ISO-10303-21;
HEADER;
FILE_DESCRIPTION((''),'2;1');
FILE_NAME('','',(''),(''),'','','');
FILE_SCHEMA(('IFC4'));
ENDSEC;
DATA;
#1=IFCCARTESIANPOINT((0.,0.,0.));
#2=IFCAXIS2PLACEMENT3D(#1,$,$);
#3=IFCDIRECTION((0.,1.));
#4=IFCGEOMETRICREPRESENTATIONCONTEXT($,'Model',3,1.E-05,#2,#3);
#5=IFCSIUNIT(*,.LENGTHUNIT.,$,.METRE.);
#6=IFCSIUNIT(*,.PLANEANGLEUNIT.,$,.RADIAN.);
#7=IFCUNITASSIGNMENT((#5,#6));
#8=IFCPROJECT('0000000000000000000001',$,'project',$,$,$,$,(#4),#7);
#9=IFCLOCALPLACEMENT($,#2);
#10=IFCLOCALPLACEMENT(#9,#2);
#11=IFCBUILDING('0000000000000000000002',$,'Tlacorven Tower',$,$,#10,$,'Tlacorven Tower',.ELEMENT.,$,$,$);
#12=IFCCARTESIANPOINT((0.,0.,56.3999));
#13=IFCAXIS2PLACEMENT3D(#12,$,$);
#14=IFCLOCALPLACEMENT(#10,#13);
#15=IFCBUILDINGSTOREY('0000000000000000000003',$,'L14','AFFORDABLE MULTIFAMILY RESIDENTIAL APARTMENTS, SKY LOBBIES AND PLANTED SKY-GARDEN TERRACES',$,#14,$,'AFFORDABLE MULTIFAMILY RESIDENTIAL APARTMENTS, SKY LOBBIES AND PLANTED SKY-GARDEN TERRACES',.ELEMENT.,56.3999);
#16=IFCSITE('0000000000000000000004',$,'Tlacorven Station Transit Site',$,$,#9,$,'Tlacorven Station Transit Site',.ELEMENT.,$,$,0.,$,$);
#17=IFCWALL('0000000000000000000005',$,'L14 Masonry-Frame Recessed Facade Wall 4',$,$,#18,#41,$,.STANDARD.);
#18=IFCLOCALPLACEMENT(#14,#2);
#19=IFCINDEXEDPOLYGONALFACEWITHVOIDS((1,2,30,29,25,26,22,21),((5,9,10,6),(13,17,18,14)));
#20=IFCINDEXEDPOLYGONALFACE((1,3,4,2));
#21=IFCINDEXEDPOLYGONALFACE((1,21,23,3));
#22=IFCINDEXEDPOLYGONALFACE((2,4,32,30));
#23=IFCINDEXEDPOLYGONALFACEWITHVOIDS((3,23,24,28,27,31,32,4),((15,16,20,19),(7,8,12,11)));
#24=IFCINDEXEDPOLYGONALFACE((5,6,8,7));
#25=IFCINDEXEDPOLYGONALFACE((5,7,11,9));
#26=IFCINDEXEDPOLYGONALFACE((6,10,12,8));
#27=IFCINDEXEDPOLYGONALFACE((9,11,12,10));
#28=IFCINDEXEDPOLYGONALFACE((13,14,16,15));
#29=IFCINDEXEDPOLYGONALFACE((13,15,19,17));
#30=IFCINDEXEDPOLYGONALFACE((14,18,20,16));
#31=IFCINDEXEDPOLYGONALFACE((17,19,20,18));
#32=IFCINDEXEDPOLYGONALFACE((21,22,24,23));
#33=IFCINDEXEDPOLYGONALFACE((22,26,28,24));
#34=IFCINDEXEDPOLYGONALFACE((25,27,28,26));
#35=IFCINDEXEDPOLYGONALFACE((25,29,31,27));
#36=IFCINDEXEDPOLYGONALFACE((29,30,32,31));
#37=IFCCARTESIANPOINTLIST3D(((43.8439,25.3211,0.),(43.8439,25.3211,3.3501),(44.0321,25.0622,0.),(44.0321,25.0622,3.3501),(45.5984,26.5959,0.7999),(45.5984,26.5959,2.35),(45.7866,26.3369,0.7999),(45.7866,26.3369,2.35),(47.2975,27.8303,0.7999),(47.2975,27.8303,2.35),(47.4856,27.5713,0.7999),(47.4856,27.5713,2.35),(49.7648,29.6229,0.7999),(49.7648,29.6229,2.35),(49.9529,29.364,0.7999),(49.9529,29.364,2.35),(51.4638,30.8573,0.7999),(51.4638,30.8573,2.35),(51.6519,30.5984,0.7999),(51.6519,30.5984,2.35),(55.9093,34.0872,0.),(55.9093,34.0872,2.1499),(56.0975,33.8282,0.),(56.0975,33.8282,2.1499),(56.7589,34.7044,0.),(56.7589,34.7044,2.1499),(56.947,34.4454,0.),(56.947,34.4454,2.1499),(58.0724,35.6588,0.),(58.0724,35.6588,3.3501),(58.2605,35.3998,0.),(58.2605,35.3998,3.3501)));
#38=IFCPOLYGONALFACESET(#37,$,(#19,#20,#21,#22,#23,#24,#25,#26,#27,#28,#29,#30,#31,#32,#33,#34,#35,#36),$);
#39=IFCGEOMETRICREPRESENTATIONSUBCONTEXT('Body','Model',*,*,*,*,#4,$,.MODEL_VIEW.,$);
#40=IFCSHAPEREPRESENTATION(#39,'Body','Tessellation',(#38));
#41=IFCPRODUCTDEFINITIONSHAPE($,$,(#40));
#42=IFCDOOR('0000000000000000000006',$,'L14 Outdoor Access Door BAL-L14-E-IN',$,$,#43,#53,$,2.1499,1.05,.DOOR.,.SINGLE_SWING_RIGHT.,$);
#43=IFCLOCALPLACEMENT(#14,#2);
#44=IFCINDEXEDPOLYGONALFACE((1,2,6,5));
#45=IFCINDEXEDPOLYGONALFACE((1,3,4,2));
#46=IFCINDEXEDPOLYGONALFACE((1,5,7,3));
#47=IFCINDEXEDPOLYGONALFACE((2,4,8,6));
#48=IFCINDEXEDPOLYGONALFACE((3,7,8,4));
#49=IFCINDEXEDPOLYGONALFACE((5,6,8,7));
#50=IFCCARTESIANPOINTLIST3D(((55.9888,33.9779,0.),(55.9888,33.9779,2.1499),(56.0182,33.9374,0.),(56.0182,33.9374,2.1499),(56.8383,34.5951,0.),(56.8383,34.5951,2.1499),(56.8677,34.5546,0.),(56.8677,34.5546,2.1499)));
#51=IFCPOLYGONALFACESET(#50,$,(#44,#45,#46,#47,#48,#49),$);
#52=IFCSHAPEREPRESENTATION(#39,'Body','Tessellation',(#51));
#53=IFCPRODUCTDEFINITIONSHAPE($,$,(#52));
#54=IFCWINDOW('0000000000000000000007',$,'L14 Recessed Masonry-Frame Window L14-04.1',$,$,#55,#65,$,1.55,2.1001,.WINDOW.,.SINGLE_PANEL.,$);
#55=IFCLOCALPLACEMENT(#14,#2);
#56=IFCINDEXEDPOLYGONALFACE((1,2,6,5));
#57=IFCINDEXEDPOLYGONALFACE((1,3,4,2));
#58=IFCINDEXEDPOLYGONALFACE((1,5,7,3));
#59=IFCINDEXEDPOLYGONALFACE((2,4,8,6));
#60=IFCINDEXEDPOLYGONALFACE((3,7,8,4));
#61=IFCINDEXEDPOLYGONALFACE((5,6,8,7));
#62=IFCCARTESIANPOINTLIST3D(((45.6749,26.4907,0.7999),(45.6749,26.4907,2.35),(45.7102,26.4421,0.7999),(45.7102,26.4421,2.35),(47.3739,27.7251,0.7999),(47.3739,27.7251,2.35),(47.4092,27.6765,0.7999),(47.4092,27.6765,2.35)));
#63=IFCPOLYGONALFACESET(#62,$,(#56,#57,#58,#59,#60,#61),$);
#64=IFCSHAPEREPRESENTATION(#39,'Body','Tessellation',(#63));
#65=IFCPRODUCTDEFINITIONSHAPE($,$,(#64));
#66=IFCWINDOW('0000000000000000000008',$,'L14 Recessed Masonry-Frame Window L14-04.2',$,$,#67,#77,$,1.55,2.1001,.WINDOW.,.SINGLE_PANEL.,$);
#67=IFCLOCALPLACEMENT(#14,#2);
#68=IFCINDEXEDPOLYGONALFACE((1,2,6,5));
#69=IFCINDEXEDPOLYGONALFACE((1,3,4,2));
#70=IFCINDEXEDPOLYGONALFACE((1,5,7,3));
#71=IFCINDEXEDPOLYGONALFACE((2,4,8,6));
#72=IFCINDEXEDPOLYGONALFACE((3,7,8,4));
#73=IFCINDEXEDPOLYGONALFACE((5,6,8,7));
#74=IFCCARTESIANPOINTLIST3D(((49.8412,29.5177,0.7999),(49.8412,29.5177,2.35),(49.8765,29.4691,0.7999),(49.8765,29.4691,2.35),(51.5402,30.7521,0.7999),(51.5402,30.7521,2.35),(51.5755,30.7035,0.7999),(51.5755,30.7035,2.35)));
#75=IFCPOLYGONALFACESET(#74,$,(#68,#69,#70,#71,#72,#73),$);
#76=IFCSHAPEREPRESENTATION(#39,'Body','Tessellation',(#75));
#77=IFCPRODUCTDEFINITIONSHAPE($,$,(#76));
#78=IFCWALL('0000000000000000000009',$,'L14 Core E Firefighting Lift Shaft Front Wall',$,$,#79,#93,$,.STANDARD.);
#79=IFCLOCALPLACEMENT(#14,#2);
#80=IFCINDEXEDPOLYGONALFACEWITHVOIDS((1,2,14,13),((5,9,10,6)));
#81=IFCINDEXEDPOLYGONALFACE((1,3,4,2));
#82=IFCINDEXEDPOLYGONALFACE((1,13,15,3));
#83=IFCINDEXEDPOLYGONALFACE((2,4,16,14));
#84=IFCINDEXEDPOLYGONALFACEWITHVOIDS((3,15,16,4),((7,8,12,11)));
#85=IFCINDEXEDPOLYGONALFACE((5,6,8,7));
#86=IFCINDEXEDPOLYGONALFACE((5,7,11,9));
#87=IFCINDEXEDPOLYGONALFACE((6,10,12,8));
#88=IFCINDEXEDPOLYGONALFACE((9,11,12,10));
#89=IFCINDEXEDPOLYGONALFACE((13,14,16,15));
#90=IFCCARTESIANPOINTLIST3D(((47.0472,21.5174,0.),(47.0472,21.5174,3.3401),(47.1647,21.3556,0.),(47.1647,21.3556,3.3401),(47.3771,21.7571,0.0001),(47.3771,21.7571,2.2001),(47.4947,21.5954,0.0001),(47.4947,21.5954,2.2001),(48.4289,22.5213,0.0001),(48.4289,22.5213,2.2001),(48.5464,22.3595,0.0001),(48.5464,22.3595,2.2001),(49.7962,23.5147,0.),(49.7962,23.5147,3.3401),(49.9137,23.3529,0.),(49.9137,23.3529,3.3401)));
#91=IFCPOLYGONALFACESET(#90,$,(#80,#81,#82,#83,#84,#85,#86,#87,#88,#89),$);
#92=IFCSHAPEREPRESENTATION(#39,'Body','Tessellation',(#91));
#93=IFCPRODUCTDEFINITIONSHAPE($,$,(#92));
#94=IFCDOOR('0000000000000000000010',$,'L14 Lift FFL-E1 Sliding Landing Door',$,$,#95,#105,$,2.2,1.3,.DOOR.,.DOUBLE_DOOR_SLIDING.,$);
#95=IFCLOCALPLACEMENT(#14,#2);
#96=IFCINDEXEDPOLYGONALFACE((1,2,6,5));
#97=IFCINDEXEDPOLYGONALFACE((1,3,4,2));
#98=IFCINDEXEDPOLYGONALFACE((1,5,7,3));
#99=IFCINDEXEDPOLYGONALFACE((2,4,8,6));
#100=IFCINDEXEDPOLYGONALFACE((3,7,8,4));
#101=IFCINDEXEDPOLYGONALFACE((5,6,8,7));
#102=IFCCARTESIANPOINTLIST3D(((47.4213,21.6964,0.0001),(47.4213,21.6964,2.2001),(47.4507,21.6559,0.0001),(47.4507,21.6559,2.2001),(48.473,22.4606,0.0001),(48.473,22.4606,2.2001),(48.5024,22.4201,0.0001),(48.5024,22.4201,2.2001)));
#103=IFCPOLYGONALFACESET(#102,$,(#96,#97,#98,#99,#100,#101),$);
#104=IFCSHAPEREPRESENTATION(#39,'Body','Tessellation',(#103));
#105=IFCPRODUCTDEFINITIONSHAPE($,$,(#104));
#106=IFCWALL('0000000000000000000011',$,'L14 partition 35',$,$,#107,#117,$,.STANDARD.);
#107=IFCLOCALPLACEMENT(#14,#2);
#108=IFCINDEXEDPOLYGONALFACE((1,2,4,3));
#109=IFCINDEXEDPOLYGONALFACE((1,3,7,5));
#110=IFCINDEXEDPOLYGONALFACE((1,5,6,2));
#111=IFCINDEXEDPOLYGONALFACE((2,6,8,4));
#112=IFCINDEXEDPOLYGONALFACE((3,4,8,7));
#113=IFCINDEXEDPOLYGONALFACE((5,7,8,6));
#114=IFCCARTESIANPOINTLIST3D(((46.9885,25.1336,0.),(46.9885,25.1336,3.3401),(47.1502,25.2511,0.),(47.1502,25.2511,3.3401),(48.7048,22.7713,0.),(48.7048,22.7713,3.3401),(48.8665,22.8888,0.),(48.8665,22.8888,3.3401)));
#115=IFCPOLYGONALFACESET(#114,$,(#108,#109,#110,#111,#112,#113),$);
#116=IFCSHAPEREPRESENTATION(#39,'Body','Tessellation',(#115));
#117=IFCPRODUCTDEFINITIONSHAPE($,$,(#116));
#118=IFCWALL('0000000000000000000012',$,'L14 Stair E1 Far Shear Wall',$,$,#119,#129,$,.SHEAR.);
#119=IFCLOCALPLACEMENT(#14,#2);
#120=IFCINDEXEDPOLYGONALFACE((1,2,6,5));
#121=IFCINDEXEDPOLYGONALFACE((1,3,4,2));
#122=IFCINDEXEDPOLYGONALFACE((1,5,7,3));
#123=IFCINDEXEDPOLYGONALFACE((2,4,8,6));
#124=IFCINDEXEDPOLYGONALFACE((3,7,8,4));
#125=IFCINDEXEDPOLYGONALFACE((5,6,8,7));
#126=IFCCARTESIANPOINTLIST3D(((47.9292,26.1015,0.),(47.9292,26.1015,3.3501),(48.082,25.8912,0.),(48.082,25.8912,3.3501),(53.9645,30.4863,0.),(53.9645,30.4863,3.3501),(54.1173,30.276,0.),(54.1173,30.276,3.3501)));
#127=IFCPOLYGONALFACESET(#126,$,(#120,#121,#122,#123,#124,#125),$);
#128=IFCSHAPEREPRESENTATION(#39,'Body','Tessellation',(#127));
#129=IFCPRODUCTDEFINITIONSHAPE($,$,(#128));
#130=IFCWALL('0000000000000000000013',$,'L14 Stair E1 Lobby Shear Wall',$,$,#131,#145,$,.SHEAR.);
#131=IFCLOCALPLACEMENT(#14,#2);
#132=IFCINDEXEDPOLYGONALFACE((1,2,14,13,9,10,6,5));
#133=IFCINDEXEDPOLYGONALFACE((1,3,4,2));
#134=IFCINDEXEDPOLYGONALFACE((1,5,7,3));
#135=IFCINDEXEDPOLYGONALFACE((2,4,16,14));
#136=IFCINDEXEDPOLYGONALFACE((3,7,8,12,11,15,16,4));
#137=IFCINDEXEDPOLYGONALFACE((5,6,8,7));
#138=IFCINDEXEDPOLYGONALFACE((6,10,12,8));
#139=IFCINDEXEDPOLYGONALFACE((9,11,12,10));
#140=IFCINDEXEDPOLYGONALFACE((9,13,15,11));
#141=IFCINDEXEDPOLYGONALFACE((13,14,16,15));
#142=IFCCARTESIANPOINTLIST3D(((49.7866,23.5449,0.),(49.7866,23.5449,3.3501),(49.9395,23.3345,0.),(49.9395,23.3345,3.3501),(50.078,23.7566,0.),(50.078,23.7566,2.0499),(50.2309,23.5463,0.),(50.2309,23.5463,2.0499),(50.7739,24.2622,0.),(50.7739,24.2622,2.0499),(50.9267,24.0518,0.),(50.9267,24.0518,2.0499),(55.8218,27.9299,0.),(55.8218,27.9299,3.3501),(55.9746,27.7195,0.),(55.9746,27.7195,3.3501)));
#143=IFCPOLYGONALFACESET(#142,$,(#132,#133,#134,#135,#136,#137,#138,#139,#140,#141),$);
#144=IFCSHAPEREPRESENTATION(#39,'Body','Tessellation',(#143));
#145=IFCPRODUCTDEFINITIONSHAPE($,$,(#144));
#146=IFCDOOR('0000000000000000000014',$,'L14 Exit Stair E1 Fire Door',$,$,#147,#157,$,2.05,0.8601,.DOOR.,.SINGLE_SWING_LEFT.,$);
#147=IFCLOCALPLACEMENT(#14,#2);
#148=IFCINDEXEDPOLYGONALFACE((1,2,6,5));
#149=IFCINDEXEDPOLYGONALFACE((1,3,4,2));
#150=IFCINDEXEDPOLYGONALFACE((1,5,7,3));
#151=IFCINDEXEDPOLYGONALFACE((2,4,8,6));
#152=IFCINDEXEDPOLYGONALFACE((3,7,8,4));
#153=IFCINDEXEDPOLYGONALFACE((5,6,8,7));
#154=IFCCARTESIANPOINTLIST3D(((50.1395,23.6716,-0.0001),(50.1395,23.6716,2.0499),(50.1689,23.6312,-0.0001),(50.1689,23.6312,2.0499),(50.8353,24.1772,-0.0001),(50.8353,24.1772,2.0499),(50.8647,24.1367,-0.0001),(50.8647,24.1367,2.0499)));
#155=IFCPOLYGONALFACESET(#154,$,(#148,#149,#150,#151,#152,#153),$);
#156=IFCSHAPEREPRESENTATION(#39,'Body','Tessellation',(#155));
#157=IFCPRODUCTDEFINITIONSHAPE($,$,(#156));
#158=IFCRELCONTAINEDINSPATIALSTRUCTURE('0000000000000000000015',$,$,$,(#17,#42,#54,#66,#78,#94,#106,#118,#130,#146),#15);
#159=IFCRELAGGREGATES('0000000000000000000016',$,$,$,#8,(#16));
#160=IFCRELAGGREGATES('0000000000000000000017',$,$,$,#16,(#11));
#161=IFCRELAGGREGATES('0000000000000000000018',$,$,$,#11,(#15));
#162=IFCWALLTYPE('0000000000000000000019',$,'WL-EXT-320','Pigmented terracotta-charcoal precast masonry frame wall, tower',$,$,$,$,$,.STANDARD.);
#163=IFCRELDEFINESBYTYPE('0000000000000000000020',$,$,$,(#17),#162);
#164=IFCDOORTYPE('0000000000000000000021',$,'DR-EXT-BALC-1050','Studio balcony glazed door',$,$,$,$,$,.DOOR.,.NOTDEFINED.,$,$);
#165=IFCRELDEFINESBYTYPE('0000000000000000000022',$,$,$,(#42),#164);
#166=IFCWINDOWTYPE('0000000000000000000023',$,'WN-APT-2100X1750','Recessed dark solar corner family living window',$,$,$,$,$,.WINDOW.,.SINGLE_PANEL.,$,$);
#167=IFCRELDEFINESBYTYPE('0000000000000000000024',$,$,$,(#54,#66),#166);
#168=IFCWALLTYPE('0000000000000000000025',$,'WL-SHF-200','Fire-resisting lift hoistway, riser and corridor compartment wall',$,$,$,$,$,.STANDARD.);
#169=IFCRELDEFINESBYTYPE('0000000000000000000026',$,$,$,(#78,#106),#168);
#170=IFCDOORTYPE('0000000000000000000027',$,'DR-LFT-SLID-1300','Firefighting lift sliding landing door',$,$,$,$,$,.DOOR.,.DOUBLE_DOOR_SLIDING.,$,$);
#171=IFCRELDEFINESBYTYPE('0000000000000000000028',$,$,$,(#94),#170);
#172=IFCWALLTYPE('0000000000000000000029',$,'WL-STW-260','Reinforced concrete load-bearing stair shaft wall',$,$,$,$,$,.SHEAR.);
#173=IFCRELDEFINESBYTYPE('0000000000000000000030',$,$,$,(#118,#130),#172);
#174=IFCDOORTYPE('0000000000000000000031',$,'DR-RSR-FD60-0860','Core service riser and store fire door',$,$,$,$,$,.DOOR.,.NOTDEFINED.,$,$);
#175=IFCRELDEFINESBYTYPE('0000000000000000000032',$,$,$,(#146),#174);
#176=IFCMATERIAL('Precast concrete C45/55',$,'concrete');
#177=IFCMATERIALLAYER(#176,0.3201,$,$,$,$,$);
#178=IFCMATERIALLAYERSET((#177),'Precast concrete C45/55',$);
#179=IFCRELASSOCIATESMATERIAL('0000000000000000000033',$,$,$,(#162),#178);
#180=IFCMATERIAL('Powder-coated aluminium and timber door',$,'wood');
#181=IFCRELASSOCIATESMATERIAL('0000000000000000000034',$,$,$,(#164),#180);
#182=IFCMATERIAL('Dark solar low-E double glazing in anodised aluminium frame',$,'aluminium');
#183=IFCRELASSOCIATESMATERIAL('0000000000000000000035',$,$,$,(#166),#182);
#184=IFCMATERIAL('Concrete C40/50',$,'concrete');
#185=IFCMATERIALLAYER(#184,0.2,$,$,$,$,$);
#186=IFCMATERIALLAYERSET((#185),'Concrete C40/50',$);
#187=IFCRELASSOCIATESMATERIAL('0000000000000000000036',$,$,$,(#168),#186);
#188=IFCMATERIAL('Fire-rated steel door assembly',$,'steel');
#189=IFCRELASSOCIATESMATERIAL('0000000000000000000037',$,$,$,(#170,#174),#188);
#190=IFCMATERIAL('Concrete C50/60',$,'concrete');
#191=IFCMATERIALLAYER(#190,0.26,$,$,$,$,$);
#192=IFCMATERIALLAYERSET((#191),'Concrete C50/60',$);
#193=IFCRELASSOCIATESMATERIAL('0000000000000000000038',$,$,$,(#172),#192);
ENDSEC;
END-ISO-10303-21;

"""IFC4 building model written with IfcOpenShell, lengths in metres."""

from ifc_helpers import new_model, si_unit, direction, frame, frame_2d, origin, place, context, subcontext, project, spatial, rectangle, extrude, source, transform, mapped, material, layer, layer_set, type_object, element, fill, save


model = new_model("IFC4")

# Units and contexts
model_context = context("Model", 3, precision=1e-05, world=origin(), true_north=direction((0.0, 1.0)))
body_context = subcontext(model_context, "Body", "Model", "MODEL_VIEW")
ifc_project = project(units=[si_unit("LENGTHUNIT", "METRE"), si_unit("PLANEANGLEUNIT", "RADIAN")], contexts=[model_context])

# Site, building, storey
site_placement = place(None, origin())
site = spatial("IfcSite", under=ifc_project, at=site_placement, Name="Tlacorven Station Transit Site", LongName="Tlacorven Station Transit Site", CompositionType="ELEMENT", RefElevation=0.0)
building_placement = place(site_placement, origin())
building = spatial("IfcBuilding", under=site, at=building_placement, Name="Tlacorven Tower", LongName="Tlacorven Tower", CompositionType="ELEMENT")
storey_placement = place(building_placement, frame((0.0, 0.0, 56.3999)))
storey = spatial("IfcBuildingStorey", under=building, at=storey_placement, Name="L14", Description="AFFORDABLE MULTIFAMILY RESIDENTIAL APARTMENTS, SKY LOBBIES AND PLANTED SKY-GARDEN TERRACES", LongName="AFFORDABLE MULTIFAMILY RESIDENTIAL APARTMENTS, SKY LOBBIES AND PLANTED SKY-GARDEN TERRACES", CompositionType="ELEMENT", Elevation=56.3999)

# Wall, openings, door, windows
ifc_material_1 = material(Name="Precast concrete C45/55", Category="concrete")
ifc_layer_1 = layer(ifc_material_1, 0.3201)
ifc_layer_set_1 = layer_set([ifc_layer_1], Name="Precast concrete C45/55")
wall_type_1 = type_object("IfcWallType", Name="WL-EXT-320", Description="Pigmented terracotta-charcoal precast masonry frame wall, tower", PredefinedType="STANDARD", material=ifc_layer_set_1)
wall_1_placement = place(storey_placement, frame((43.938, 25.1917, 0.0), z_axis=(0.0, 0.0, 1.0), x_axis=(0.809016, 0.587786, 0.0)))
wall_1 = element("IfcWall", 1, at=wall_1_placement, inside=storey, type_object=wall_type_1, Name="L14 Masonry-Frame Recessed Facade Wall 4", PredefinedType="STANDARD", context=body_context, shape_type="SweptSolid", body=[
    extrude(rectangle(XDim=17.5874, YDim=0.3201, at=frame_2d((8.7937, 0.0))), origin(), (0.0, 0.0, 1.0), 3.3501),
])
opening_1_placement = place(wall_1_placement, frame((14.9138, 0.0, 0.0)))
opening_1 = element("IfcOpeningElement", 2, at=opening_1_placement, cuts=wall_1, PredefinedType="OPENING", context=body_context, shape_type="SweptSolid", body=[
    extrude(rectangle(XDim=1.05, YDim=2.1499, at=frame_2d((0.5249, 1.075))), frame((0.0, 0.1699, 0.0), z_axis=(0.0, -1.0, 0.0), x_axis=(1.0, 0.0, 0.0)), (0.0, 0.0, 1.0), 0.3401),
])
opening_2_placement = place(wall_1_placement, frame((2.1687, 0.0, 0.8)))
opening_2 = element("IfcOpeningElement", 3, at=opening_2_placement, cuts=wall_1, PredefinedType="OPENING", context=body_context, shape_type="SweptSolid", body=[
    extrude(rectangle(XDim=2.1001, YDim=1.55, at=frame_2d((1.05, 0.7749))), frame((0.0, 0.1699, 0.0), z_axis=(0.0, -1.0, 0.0), x_axis=(1.0, 0.0, 0.0)), (0.0, 0.0, 1.0), 0.3401),
])
opening_3_placement = place(wall_1_placement, frame((7.3186, 0.0, 0.8)))
opening_3 = element("IfcOpeningElement", 4, at=opening_3_placement, cuts=wall_1, PredefinedType="OPENING", context=body_context, shape_type="SweptSolid", body=[
    extrude(rectangle(XDim=2.1001, YDim=1.55, at=frame_2d((1.05, 0.7749))), frame((0.0, 0.1699, 0.0), z_axis=(0.0, -1.0, 0.0), x_axis=(1.0, 0.0, 0.0)), (0.0, 0.0, 1.0), 0.3401),
])
ifc_material_2 = material(Name="Powder-coated aluminium and timber door", Category="wood")
door_type_1 = type_object("IfcDoorType", Name="DR-EXT-BALC-1050", Description="Studio balcony glazed door", OperationType="NOTDEFINED", PredefinedType="DOOR", material=ifc_material_2)
shared_shape_1 = source(origin(), body_context, "Body", "SweptSolid", [
    extrude(rectangle(XDim=1.05, YDim=2.1499, at=frame_2d((0.5249, 1.075))), frame((0.0, 0.0249, 0.0), z_axis=(0.0, -1.0, 0.0), x_axis=(1.0, 0.0, 0.0)), (0.0, 0.0, 1.0), 0.05),
])
door_1_placement = place(opening_1_placement, origin())
door_1 = element("IfcDoor", 5, at=door_1_placement, inside=storey, type_object=door_type_1, Name="L14 Outdoor Access Door BAL-L14-E-IN", OperationType="SINGLE_SWING_RIGHT", OverallHeight=2.1499, OverallWidth=1.05, PredefinedType="DOOR", context=body_context, shape_type="MappedRepresentation", body=[
    mapped(shared_shape_1, transform((0.0, 0.0, 0.0), scale=1.0)),
])
fill(opening_1, door_1)
ifc_material_3 = material(Name="Dark solar low-E double glazing in anodised aluminium frame", Category="aluminium")
window_type = type_object("IfcWindowType", Name="WN-APT-2100X1750", Description="Recessed dark solar corner family living window", PartitioningType="SINGLE_PANEL", PredefinedType="WINDOW", material=ifc_material_3)
shared_shape_2 = source(origin(), body_context, "Body", "SweptSolid", [
    extrude(rectangle(XDim=2.1001, YDim=1.55, at=frame_2d((1.05, 0.7749))), frame((0.0, 0.03, 0.0), z_axis=(0.0, -1.0, 0.0), x_axis=(1.0, 0.0, 0.0)), (0.0, 0.0, 1.0), 0.0601),
])
window_1_placement = place(opening_2_placement, origin())
window_1 = element("IfcWindow", 6, at=window_1_placement, inside=storey, type_object=window_type, Name="L14 Recessed Masonry-Frame Window L14-04.1", OverallHeight=1.55, OverallWidth=2.1001, PartitioningType="SINGLE_PANEL", PredefinedType="WINDOW", context=body_context, shape_type="MappedRepresentation", body=[
    mapped(shared_shape_2, transform((0.0, 0.0, 0.0), scale=1.0)),
])
fill(opening_2, window_1)
window_2_placement = place(opening_3_placement, origin())
window_2 = element("IfcWindow", 7, at=window_2_placement, inside=storey, type_object=window_type, Name="L14 Recessed Masonry-Frame Window L14-04.2", OverallHeight=1.55, OverallWidth=2.1001, PartitioningType="SINGLE_PANEL", PredefinedType="WINDOW", context=body_context, shape_type="MappedRepresentation", body=[
    mapped(shared_shape_2, transform((0.0, 0.0, 0.0), scale=1.0)),
])
fill(opening_3, window_2)

# Wall, opening, door
ifc_material_4 = material(Name="Concrete C40/50", Category="concrete")
ifc_layer_2 = layer(ifc_material_4, 0.2)
ifc_layer_set_2 = layer_set([ifc_layer_2], Name="Concrete C40/50")
wall_type_2 = type_object("IfcWallType", Name="WL-SHF-200", Description="Fire-resisting lift hoistway, riser and corridor compartment wall", PredefinedType="STANDARD", material=ifc_layer_set_2)
wall_2_placement = place(storey_placement, frame((47.106, 21.4365, 0.0), z_axis=(0.0, 0.0, 1.0), x_axis=(0.809013, 0.587791, 0.0)))
wall_2 = element("IfcWall", 8, at=wall_2_placement, inside=storey, type_object=wall_type_2, Name="L14 Core E Firefighting Lift Shaft Front Wall", PredefinedType="STANDARD", context=body_context, shape_type="SweptSolid", body=[
    extrude(rectangle(XDim=3.3979, YDim=0.2, at=frame_2d((1.699, 0.0))), origin(), (0.0, 0.0, 1.0), 3.3401),
])
opening_4_placement = place(wall_2_placement, frame((0.408, 0.0, 0.0)))
opening_4 = element("IfcOpeningElement", 9, at=opening_4_placement, cuts=wall_2, PredefinedType="OPENING", context=body_context, shape_type="SweptSolid", body=[
    extrude(rectangle(XDim=1.3, YDim=2.2, at=frame_2d((0.6499, 1.1001))), frame((0.0, 0.1099, 0.0), z_axis=(0.0, -1.0, 0.0), x_axis=(1.0, 0.0, 0.0)), (0.0, 0.0, 1.0), 0.22),
])
ifc_material_5 = material(Name="Fire-rated steel door assembly", Category="steel")
door_type_2 = type_object("IfcDoorType", Name="DR-LFT-SLID-1300", Description="Firefighting lift sliding landing door", OperationType="DOUBLE_DOOR_SLIDING", PredefinedType="DOOR", material=ifc_material_5)
shared_shape_3 = source(origin(), body_context, "Body", "SweptSolid", [
    extrude(rectangle(XDim=1.3, YDim=2.2, at=frame_2d((0.6499, 1.1001))), frame((0.0, 0.0249, 0.0), z_axis=(0.0, -1.0, 0.0), x_axis=(1.0, 0.0, 0.0)), (0.0, 0.0, 1.0), 0.05),
])
door_2_placement = place(opening_4_placement, origin())
door_2 = element("IfcDoor", 10, at=door_2_placement, inside=storey, type_object=door_type_2, Name="L14 Lift FFL-E1 Sliding Landing Door", OperationType="DOUBLE_DOOR_SLIDING", OverallHeight=2.2, OverallWidth=1.3, PredefinedType="DOOR", context=body_context, shape_type="MappedRepresentation", body=[
    mapped(shared_shape_3, transform((0.0, 0.0, 0.0), scale=1.0)),
])
fill(opening_4, door_2)

# Walls
wall_3_placement = place(storey_placement, frame((48.7856, 22.8301, 0.0), z_axis=(0.0, 0.0, 1.0), x_axis=(-0.587784, 0.809018, 0.0)))
element("IfcWall", 11, at=wall_3_placement, inside=storey, type_object=wall_type_2, Name="L14 partition 35", PredefinedType="STANDARD", context=body_context, shape_type="SweptSolid", body=[
    extrude(rectangle(XDim=2.9199, YDim=0.2, at=frame_2d((1.46, 0.0))), origin(), (0.0, 0.0, 1.0), 3.3401),
])
ifc_material_6 = material(Name="Concrete C50/60", Category="concrete")
ifc_layer_3 = layer(ifc_material_6, 0.26)
ifc_layer_set_3 = layer_set([ifc_layer_3], Name="Concrete C50/60")
wall_type_3 = type_object("IfcWallType", Name="WL-STW-260", Description="Reinforced concrete load-bearing stair shaft wall", PredefinedType="SHEAR", material=ifc_layer_set_3)
wall_4_placement = place(storey_placement, frame((48.0056, 25.9963, 0.0), z_axis=(0.0, 0.0, 1.0), x_axis=(0.809019, 0.587782, 0.0)))
element("IfcWall", 12, at=wall_4_placement, inside=storey, type_object=wall_type_3, Name="L14 Stair E1 Far Shear Wall", PredefinedType="SHEAR", context=body_context, shape_type="SweptSolid", body=[
    extrude(rectangle(XDim=7.46, YDim=0.26, at=frame_2d((3.73, 0.0))), origin(), (0.0, 0.0, 1.0), 3.3501),
])

# Wall, opening, door
wall_5_placement = place(storey_placement, frame((49.863, 23.4397, 0.0), z_axis=(0.0, 0.0, 1.0), x_axis=(0.809003, 0.587804, 0.0)))
wall_5 = element("IfcWall", 13, at=wall_5_placement, inside=storey, type_object=wall_type_3, Name="L14 Stair E1 Lobby Shear Wall", PredefinedType="SHEAR", context=body_context, shape_type="SweptSolid", body=[
    extrude(rectangle(XDim=7.46, YDim=0.26, at=frame_2d((3.73, 0.0))), origin(), (0.0, 0.0, 1.0), 3.3501),
])
opening_5_placement = place(wall_5_placement, frame((0.3601, 0.0, 0.0)))
opening_5 = element("IfcOpeningElement", 14, at=opening_5_placement, cuts=wall_5, PredefinedType="OPENING", context=body_context, shape_type="SweptSolid", body=[
    extrude(rectangle(XDim=0.8601, YDim=2.05, at=frame_2d((0.4302, 1.0249))), frame((0.0, 0.1401, 0.0), z_axis=(0.0, -1.0, 0.0), x_axis=(1.0, 0.0, 0.0)), (0.0, 0.0, 1.0), 0.28),
])
door_type_3 = type_object("IfcDoorType", Name="DR-RSR-FD60-0860", Description="Core service riser and store fire door", OperationType="NOTDEFINED", PredefinedType="DOOR", material=ifc_material_5)
shared_shape_4 = source(origin(), body_context, "Body", "SweptSolid", [
    extrude(rectangle(XDim=0.8601, YDim=2.05, at=frame_2d((0.4302, 1.0249))), frame((0.0, 0.0249, 0.0), z_axis=(0.0, -1.0, 0.0), x_axis=(1.0, 0.0, 0.0)), (0.0, 0.0, 1.0), 0.05),
])
door_3_placement = place(opening_5_placement, frame((0.8601, 0.0, 0.0), z_axis=(0.0, 0.0, 1.0), x_axis=(-1.0, 0.0, 0.0)))
door_3 = element("IfcDoor", 15, at=door_3_placement, inside=storey, type_object=door_type_3, Name="L14 Exit Stair E1 Fire Door", OperationType="SINGLE_SWING_LEFT", OverallHeight=2.05, OverallWidth=0.8601, PredefinedType="DOOR", context=body_context, shape_type="MappedRepresentation", body=[
    mapped(shared_shape_4, transform((0.0, 0.0, 0.0), scale=1.0)),
])
fill(opening_5, door_3)

save(model, "model.ifc")
